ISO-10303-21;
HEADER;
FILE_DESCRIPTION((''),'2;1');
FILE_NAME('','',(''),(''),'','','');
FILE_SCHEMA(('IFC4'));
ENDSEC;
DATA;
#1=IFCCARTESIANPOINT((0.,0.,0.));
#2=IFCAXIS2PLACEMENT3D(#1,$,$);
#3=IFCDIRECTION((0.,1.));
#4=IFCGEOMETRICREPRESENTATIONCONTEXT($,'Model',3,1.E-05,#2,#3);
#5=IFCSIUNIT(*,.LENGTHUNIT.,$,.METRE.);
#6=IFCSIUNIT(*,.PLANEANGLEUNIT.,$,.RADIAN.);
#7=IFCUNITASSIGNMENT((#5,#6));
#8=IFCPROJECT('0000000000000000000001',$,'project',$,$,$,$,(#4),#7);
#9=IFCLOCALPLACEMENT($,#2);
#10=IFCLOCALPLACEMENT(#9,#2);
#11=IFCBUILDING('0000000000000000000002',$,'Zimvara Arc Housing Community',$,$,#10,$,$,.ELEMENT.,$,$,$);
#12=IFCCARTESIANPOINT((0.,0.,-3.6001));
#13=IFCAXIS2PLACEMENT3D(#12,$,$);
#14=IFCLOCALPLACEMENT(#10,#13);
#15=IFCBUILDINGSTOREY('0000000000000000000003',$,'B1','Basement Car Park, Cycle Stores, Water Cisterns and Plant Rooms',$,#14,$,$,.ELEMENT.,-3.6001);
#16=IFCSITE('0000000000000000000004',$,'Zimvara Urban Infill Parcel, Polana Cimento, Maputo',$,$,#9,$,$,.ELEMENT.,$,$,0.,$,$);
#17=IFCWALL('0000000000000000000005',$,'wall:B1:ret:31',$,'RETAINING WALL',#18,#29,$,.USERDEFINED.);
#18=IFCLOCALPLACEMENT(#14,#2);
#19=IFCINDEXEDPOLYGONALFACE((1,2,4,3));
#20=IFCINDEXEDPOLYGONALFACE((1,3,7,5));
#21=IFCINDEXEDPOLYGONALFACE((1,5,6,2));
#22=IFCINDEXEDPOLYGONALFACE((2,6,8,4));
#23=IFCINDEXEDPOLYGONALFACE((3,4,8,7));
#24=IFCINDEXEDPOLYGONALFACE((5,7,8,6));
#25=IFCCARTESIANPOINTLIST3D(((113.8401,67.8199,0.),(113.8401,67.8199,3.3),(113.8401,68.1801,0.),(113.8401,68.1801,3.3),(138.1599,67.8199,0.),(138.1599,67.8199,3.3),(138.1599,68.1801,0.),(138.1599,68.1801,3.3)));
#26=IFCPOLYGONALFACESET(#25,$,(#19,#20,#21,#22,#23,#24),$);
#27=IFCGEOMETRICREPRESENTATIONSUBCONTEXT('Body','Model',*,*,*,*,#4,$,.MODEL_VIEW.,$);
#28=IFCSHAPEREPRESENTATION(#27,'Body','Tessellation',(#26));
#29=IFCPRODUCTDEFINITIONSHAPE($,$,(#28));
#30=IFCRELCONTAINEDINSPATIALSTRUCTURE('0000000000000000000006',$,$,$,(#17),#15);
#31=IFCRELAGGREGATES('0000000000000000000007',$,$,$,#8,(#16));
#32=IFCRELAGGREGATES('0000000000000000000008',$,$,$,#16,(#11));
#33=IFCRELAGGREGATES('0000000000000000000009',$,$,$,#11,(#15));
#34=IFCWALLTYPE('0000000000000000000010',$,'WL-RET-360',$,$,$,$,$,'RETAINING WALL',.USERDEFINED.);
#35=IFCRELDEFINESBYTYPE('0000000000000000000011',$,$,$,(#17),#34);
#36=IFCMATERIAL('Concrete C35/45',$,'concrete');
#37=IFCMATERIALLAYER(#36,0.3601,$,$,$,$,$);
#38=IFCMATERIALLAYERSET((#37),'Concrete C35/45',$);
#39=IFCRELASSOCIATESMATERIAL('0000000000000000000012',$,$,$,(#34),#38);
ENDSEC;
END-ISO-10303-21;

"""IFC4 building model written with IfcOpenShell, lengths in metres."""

from ifc_helpers import new_model, si_unit, direction, frame, frame_2d, origin, place, context, subcontext, project, spatial, rectangle, extrude, material, layer, layer_set, type_object, element, save


model = new_model("IFC4")

# Units and contexts
model_context = context("Model", 3, precision=1e-05, world=origin(), true_north=direction((0.0, 1.0)))
body_context = subcontext(model_context, "Body", "Model", "MODEL_VIEW")
ifc_project = project(units=[si_unit("LENGTHUNIT", "METRE"), si_unit("PLANEANGLEUNIT", "RADIAN")], contexts=[model_context])

# Site, building, storey
site_placement = place(None, origin())
site = spatial("IfcSite", under=ifc_project, at=site_placement, Name="Zimvara Urban Infill Parcel, Polana Cimento, Maputo", CompositionType="ELEMENT", RefElevation=0.0)
building_placement = place(site_placement, origin())
building = spatial("IfcBuilding", under=site, at=building_placement, Name="Zimvara Arc Housing Community", CompositionType="ELEMENT")
storey_placement = place(building_placement, frame((0.0, 0.0, -3.6001)))
storey = spatial("IfcBuildingStorey", under=building, at=storey_placement, Name="B1", Description="Basement Car Park, Cycle Stores, Water Cisterns and Plant Rooms", CompositionType="ELEMENT", Elevation=-3.6001)

# Wall
ifc_material_1 = material(Name="Concrete C35/45", Category="concrete")
ifc_layer = layer(ifc_material_1, 0.3601)
ifc_layer_set = layer_set([ifc_layer], Name="Concrete C35/45")
wall_type = type_object("IfcWallType", Name="WL-RET-360", ElementType="RETAINING WALL", PredefinedType="USERDEFINED", material=ifc_layer_set)
wall_placement = place(storey_placement, frame((138.1599, 68.0, 0.0), z_axis=(0.0, 0.0, 1.0), x_axis=(-1.0, 0.0, 0.0)))
element("IfcWall", 1, at=wall_placement, inside=storey, type_object=wall_type, Name="wall:B1:ret:31", ObjectType="RETAINING WALL", PredefinedType="USERDEFINED", context=body_context, shape_type="SweptSolid", body=[
    extrude(rectangle(XDim=24.3198, YDim=0.3601, at=frame_2d((12.1599, 0.0))), origin(), (0.0, 0.0, 1.0), 3.3),
])

save(model, "model.ifc")
